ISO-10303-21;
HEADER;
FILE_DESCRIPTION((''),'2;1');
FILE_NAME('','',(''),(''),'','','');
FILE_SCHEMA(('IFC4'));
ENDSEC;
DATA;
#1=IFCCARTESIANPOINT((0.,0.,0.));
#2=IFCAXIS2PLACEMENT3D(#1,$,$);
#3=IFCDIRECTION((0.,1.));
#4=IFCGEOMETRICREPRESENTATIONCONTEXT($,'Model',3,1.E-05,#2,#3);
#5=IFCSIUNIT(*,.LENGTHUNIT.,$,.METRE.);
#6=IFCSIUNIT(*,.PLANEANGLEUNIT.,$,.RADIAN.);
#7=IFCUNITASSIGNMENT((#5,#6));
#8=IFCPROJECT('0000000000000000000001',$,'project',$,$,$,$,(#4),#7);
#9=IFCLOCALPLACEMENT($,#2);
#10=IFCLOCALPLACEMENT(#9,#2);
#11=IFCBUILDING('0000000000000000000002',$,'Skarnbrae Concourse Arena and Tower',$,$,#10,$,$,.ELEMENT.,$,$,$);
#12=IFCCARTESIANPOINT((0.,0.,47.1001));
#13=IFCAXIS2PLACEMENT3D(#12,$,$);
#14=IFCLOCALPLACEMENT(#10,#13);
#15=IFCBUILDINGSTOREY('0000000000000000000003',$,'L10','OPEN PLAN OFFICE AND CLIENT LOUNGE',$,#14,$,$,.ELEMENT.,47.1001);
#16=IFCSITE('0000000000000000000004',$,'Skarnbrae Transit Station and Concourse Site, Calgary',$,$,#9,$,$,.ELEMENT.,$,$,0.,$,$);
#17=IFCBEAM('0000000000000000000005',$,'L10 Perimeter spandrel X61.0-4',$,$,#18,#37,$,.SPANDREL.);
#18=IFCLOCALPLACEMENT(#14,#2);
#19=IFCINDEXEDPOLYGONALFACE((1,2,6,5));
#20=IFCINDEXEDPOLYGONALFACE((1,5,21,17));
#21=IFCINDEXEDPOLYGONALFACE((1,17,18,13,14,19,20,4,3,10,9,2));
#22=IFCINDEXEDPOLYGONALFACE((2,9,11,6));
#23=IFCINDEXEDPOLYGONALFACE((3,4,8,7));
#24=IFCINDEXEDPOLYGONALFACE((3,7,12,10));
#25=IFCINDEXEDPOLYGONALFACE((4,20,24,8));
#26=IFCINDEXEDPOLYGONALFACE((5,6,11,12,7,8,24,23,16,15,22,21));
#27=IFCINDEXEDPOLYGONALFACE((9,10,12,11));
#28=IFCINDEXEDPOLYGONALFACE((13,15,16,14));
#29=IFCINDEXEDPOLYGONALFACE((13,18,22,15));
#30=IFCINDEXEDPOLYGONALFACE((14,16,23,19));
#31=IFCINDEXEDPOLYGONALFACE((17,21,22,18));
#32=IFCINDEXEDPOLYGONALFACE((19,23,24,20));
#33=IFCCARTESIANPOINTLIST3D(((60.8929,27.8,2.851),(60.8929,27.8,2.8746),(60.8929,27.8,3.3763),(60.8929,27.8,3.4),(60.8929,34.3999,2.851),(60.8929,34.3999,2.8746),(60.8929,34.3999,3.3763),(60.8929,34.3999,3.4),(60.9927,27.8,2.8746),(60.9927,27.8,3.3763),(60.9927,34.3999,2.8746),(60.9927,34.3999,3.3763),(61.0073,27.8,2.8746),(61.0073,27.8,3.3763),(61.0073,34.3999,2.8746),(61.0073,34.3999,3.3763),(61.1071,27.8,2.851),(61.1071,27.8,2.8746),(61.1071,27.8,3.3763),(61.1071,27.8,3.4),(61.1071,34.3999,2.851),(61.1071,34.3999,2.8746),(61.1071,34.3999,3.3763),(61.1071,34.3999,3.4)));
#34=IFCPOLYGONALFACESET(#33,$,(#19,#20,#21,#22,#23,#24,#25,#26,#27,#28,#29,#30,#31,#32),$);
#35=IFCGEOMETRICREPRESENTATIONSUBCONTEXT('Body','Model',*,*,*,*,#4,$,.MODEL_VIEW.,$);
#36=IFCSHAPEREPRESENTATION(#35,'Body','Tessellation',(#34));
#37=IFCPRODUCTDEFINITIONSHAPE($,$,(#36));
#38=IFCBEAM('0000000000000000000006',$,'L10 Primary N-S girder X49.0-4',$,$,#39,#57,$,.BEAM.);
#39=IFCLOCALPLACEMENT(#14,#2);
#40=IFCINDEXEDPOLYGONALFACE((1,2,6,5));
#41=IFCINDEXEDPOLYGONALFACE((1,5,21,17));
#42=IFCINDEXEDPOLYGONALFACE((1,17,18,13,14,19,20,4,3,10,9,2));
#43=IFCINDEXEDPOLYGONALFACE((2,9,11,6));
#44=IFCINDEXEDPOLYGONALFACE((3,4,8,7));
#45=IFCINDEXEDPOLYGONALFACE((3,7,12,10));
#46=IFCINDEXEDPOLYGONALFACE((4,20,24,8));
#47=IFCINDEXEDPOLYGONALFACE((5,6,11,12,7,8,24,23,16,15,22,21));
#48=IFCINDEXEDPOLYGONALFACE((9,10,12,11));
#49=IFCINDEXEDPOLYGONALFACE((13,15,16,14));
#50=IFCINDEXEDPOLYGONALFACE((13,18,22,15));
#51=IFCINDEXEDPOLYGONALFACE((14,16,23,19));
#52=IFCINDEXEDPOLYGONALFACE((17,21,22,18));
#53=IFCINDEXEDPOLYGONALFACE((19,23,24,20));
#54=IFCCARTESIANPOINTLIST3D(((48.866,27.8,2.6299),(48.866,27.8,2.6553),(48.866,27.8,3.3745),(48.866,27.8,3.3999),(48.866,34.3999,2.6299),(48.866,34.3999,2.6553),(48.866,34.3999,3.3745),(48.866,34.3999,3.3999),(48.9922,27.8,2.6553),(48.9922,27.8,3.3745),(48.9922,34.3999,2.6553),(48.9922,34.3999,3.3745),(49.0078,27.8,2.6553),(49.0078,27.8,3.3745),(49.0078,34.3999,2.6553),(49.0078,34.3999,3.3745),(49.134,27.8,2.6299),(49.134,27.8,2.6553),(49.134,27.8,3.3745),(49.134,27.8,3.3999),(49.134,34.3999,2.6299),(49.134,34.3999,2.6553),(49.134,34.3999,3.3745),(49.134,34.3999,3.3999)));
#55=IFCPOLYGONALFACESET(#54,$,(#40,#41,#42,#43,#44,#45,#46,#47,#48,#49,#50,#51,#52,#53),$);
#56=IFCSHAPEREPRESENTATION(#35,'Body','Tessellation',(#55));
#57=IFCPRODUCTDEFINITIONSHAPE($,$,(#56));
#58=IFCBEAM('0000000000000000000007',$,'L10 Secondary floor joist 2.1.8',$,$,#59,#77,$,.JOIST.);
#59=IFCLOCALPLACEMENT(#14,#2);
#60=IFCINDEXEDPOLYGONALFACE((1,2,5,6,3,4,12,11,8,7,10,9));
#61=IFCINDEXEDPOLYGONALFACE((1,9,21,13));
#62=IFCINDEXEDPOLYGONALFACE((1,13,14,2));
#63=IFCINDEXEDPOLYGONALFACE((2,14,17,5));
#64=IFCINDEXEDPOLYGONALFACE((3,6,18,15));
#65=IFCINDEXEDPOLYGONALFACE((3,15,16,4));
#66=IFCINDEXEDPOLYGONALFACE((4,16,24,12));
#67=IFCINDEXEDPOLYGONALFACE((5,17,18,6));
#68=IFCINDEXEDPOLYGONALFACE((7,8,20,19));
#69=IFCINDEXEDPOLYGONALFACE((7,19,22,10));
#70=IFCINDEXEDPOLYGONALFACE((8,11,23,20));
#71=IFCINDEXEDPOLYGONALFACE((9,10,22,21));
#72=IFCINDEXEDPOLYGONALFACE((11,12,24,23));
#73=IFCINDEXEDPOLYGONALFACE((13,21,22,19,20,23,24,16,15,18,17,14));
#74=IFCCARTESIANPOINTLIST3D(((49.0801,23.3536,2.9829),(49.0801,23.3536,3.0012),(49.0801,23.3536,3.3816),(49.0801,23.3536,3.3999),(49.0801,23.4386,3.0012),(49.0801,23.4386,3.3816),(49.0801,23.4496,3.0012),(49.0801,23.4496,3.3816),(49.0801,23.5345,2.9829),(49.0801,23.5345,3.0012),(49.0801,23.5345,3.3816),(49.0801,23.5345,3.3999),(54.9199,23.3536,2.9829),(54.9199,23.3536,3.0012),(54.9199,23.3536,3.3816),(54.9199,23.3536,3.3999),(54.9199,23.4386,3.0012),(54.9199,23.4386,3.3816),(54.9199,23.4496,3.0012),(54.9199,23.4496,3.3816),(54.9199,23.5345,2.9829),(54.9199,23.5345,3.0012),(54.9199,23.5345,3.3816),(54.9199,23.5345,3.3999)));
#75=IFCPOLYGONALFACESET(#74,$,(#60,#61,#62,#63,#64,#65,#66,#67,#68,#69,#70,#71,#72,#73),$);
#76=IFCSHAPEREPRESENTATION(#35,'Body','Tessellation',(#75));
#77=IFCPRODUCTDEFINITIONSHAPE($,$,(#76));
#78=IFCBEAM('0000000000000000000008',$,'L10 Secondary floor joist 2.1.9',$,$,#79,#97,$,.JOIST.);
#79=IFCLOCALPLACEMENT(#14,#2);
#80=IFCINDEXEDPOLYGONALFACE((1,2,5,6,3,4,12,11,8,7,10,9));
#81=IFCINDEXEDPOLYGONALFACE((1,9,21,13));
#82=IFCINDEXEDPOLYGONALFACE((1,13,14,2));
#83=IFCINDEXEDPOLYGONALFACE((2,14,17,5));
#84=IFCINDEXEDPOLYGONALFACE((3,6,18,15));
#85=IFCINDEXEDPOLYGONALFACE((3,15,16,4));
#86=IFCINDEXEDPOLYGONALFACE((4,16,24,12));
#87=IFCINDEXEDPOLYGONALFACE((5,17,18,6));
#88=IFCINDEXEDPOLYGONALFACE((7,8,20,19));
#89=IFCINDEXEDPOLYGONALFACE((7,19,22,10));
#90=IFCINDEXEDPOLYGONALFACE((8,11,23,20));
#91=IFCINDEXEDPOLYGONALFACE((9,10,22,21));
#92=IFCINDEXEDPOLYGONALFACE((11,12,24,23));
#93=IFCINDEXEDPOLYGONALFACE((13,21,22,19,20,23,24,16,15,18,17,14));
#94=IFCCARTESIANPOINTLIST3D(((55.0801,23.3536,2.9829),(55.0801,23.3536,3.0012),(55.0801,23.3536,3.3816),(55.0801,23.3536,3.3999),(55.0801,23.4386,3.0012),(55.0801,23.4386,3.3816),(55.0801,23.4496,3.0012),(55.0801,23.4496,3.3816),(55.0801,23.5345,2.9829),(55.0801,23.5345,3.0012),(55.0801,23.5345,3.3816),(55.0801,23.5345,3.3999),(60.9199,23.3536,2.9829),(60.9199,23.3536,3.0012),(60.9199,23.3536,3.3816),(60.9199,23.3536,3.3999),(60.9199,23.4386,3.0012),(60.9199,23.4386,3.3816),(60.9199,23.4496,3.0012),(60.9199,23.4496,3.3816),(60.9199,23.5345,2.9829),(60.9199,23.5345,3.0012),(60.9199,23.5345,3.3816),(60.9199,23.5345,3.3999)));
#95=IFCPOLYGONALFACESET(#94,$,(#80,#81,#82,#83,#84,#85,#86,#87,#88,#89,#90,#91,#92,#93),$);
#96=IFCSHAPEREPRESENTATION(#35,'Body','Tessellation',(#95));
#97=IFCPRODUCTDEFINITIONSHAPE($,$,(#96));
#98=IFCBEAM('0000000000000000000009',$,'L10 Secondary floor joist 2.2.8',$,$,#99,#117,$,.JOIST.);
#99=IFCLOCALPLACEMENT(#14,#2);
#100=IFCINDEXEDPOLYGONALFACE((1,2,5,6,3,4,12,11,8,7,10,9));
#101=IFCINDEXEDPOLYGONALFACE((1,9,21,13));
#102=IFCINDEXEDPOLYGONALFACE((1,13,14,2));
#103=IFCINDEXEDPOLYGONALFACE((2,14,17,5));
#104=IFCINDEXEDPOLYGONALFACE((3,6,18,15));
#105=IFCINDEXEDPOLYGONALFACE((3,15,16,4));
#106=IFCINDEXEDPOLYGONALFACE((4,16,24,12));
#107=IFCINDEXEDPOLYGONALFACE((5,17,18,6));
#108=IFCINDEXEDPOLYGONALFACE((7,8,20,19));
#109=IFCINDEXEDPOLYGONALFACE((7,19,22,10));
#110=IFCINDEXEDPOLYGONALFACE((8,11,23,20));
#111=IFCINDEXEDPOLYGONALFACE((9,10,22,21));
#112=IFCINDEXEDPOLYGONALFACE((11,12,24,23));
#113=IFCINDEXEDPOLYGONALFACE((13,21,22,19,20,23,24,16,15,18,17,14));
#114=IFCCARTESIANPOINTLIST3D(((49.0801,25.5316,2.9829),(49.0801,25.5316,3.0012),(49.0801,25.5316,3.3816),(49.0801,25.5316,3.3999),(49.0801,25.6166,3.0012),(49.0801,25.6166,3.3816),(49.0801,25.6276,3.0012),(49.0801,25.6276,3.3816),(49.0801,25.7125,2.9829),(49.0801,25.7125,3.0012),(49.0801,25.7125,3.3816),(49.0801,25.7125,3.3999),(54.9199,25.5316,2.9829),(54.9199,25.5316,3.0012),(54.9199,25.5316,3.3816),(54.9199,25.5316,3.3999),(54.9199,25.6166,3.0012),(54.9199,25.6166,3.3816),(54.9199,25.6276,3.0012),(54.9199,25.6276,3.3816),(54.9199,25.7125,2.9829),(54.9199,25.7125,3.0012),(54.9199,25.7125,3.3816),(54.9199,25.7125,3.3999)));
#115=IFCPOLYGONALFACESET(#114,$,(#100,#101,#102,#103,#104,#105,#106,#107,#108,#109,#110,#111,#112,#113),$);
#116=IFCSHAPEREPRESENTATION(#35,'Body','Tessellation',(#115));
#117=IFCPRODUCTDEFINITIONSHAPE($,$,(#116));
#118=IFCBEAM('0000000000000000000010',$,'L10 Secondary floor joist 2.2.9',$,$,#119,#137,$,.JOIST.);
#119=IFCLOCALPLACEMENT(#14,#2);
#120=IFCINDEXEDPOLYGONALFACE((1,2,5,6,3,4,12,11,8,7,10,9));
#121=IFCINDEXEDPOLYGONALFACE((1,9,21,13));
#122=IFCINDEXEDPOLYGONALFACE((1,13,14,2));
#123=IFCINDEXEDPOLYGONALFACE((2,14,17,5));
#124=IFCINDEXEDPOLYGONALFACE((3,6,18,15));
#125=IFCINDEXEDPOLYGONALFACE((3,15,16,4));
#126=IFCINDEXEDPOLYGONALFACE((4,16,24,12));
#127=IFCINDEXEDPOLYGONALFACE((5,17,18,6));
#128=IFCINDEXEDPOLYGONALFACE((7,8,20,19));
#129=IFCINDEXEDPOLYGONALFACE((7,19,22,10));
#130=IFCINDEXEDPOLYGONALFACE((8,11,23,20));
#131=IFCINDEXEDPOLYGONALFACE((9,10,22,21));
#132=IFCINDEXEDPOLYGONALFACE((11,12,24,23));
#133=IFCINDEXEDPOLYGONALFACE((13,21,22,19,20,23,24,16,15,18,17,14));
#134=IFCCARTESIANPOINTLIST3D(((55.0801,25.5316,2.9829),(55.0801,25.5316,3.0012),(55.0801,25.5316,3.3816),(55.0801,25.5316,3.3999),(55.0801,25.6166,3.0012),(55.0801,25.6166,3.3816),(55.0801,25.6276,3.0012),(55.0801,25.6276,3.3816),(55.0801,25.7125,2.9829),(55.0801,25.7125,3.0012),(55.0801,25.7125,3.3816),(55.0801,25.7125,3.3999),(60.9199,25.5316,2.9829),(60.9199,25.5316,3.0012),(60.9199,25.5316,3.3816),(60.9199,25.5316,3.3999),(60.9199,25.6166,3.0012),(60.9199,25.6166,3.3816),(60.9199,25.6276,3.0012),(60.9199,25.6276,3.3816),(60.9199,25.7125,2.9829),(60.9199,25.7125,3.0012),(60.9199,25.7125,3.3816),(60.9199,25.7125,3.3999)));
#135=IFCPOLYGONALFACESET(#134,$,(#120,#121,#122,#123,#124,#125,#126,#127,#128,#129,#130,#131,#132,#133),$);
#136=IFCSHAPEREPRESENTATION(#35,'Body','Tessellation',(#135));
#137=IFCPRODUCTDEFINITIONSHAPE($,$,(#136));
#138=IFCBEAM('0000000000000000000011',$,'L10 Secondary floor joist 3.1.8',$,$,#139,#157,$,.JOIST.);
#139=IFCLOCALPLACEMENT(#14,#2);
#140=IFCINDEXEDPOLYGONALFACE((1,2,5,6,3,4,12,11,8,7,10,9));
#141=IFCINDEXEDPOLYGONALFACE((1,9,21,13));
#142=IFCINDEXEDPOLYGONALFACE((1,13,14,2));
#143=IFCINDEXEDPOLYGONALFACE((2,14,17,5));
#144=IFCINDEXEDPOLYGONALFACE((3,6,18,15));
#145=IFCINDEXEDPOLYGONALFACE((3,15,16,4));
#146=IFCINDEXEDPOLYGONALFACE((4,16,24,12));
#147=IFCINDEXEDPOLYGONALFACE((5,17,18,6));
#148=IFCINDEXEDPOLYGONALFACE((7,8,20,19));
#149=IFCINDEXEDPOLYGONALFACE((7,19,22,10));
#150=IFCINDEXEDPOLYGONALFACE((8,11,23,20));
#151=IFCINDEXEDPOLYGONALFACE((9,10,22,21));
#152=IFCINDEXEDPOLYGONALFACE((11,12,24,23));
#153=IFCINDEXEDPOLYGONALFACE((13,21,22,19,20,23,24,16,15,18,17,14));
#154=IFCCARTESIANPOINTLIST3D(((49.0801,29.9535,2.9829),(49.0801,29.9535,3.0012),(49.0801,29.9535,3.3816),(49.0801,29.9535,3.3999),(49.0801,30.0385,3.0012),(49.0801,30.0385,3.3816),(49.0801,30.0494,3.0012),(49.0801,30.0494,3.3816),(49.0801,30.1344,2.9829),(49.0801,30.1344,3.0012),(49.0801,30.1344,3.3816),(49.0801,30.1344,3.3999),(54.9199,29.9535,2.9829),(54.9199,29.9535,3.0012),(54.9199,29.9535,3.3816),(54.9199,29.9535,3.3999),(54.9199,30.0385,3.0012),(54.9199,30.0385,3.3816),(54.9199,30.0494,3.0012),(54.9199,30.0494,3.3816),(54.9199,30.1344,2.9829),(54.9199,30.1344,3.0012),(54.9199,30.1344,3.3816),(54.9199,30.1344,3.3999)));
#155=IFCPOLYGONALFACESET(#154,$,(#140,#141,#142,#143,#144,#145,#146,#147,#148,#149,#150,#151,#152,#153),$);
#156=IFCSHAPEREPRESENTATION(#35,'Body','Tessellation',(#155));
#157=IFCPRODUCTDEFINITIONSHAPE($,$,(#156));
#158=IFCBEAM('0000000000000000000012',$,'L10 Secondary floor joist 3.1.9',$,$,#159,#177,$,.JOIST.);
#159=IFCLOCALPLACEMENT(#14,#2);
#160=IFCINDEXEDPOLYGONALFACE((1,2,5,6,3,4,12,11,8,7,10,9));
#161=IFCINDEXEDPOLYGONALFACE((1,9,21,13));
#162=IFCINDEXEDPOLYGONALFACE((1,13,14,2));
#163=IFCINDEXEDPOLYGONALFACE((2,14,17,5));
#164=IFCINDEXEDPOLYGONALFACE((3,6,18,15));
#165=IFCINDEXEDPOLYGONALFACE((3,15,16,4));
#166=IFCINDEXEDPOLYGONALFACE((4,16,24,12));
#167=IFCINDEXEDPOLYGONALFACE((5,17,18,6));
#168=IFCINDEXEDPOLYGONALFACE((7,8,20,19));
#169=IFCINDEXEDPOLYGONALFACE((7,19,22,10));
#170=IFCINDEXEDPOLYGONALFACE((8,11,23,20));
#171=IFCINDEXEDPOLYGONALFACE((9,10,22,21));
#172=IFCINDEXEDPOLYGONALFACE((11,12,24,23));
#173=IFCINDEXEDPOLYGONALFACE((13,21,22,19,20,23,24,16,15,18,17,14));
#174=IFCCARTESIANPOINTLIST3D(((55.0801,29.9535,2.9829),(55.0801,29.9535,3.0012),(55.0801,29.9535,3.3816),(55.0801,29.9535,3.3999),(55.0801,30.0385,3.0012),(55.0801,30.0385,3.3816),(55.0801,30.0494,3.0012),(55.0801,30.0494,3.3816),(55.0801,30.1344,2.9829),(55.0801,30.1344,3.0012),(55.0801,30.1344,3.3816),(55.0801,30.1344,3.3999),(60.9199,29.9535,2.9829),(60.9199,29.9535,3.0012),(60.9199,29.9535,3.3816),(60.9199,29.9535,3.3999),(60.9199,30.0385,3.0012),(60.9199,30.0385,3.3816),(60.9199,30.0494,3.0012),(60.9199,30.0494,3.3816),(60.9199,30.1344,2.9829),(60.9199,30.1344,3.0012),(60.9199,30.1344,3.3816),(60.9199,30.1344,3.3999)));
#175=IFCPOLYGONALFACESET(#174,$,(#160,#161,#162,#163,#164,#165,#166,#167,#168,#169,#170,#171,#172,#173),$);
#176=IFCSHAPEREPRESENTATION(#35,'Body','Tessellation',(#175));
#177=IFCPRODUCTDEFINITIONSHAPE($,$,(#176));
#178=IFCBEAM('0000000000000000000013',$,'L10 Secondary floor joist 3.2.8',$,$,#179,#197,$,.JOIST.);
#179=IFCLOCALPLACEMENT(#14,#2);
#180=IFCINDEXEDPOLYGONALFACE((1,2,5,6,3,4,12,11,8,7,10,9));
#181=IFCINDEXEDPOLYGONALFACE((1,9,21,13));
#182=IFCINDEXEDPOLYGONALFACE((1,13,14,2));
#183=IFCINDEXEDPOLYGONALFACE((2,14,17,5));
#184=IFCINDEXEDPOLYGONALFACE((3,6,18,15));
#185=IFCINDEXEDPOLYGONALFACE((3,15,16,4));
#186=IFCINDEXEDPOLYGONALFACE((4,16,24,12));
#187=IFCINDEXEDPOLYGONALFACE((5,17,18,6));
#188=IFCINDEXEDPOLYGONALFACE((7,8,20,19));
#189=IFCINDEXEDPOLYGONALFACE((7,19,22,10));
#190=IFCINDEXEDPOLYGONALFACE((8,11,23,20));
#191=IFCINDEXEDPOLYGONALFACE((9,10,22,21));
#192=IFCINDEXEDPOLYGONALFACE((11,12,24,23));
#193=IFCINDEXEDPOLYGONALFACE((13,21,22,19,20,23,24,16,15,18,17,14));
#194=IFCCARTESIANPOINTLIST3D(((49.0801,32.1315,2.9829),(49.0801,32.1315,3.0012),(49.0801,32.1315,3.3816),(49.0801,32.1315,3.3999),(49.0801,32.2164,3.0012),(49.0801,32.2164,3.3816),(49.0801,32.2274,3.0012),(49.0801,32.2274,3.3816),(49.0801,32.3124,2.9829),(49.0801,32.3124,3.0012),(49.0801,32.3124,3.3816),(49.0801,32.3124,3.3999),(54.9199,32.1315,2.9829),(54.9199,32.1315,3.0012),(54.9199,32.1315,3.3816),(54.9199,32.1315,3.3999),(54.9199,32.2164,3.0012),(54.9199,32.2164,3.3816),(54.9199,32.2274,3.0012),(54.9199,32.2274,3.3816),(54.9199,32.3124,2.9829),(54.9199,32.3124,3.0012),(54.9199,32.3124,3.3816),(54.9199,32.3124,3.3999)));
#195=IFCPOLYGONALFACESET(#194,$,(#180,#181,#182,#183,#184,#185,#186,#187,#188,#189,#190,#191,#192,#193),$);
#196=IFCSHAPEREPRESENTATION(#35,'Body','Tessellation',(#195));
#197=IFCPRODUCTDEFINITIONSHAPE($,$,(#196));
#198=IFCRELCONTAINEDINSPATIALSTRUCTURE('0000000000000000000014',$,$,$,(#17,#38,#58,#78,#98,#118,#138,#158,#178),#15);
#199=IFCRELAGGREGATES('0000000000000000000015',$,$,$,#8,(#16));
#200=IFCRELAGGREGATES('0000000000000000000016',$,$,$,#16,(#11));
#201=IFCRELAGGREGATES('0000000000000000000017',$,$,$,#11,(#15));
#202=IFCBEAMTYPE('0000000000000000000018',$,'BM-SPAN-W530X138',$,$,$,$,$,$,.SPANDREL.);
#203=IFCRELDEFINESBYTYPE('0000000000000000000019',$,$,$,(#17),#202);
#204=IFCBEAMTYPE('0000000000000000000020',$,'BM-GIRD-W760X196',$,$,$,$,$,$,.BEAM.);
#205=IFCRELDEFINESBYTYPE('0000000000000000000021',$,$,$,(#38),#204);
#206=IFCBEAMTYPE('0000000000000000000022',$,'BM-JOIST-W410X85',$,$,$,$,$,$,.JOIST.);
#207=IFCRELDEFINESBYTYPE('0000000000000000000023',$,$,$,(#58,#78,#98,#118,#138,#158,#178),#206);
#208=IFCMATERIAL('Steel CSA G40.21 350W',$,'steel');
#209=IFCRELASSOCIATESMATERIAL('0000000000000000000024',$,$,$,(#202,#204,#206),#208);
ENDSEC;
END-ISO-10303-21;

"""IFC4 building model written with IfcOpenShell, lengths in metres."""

from ifc_helpers import new_model, si_unit, direction, frame, origin, origin_2d, place, context, subcontext, project, spatial, i_section, extrude, source, transform, mapped, material, material_profile, profile_set, type_object, element, save


model = new_model("IFC4")

# Units and contexts
model_context = context("Model", 3, precision=1e-05, world=origin(), true_north=direction((0.0, 1.0)))
body_context = subcontext(model_context, "Body", "Model", "MODEL_VIEW")
ifc_project = project(units=[si_unit("LENGTHUNIT", "METRE"), si_unit("PLANEANGLEUNIT", "RADIAN")], contexts=[model_context])

# Site, building, storey
site_placement = place(None, origin())
site = spatial("IfcSite", under=ifc_project, at=site_placement, Name="Skarnbrae Transit Station and Concourse Site, Calgary", CompositionType="ELEMENT", RefElevation=0.0)
building_placement = place(site_placement, origin())
building = spatial("IfcBuilding", under=site, at=building_placement, Name="Skarnbrae Concourse Arena and Tower", CompositionType="ELEMENT")
storey_placement = place(building_placement, frame((0.0, 0.0, 47.1001)))
storey = spatial("IfcBuildingStorey", under=building, at=storey_placement, Name="L10", Description="OPEN PLAN OFFICE AND CLIENT LOUNGE", CompositionType="ELEMENT", Elevation=47.1001)

# Shared definitions
ifc_material_1 = material(Name="Steel CSA G40.21 350W", Category="steel")

# Beams
ifc_material_profile_1 = material_profile(ifc_material_1, i_section(OverallWidth=0.2141, OverallDepth=0.5491, WebThickness=0.0146, FlangeThickness=0.0237, at=origin_2d()), Name="W530X138")
ifc_profile_set_1 = profile_set([ifc_material_profile_1], Name="Steel CSA G40.21 350W")
beam_type_1 = type_object("IfcBeamType", Name="BM-SPAN-W530X138", PredefinedType="SPANDREL", material=ifc_profile_set_1)
ifc_material_profile_2 = material_profile(ifc_material_1, i_section(OverallWidth=0.2681, OverallDepth=0.77, WebThickness=0.0156, FlangeThickness=0.0254, at=origin_2d()), Name="W760X196")
ifc_profile_set_2 = profile_set([ifc_material_profile_2], Name="Steel CSA G40.21 350W")
beam_type_2 = type_object("IfcBeamType", Name="BM-GIRD-W760X196", PredefinedType="BEAM", material=ifc_profile_set_2)
shared_shape_1 = source(origin(), body_context, "Body", "SweptSolid", [
    extrude(i_section(OverallWidth=0.2141, OverallDepth=0.5491, WebThickness=0.0146, FlangeThickness=0.0237, at=origin_2d()), origin(), (0.0, 0.0, 1.0), 6.5999),
])
for number, where, z_axis, x_axis, name in (
    (1, (61.0, 27.8, 3.1255), (0.0, 1.0, 0.0), (-1.0, 0.0, 0.0), "L10 Perimeter spandrel X61.0-4"),
):
    element("IfcBeam", number, at=place(storey_placement, frame(where, z_axis=z_axis, x_axis=x_axis)), inside=storey, type_object=beam_type_1, Name=name, PredefinedType="SPANDREL", context=body_context, shape_type="MappedRepresentation", body=[
        mapped(shared_shape_1, transform((0.0, 0.0, 0.0))),
    ])
shared_shape_2 = source(origin(), body_context, "Body", "SweptSolid", [
    extrude(i_section(OverallWidth=0.2681, OverallDepth=0.77, WebThickness=0.0156, FlangeThickness=0.0254, at=origin_2d()), origin(), (0.0, 0.0, 1.0), 6.5999),
])
beam_1_placement = place(storey_placement, frame((49.0, 27.8, 3.0149), z_axis=(0.0, 1.0, 0.0), x_axis=(-1.0, 0.0, 0.0)))
element("IfcBeam", 2, at=beam_1_placement, inside=storey, type_object=beam_type_2, Name="L10 Primary N-S girder X49.0-4", PredefinedType="BEAM", context=body_context, shape_type="MappedRepresentation", body=[
    mapped(shared_shape_2, transform((0.0, 0.0, 0.0))),
])
ifc_material_profile_3 = material_profile(ifc_material_1, i_section(OverallWidth=0.1809, OverallDepth=0.417, WebThickness=0.011, FlangeThickness=0.0183, at=origin_2d()), Name="W410X85")
ifc_profile_set_3 = profile_set([ifc_material_profile_3], Name="Steel CSA G40.21 350W")
beam_type_3 = type_object("IfcBeamType", Name="BM-JOIST-W410X85", PredefinedType="JOIST", material=ifc_profile_set_3)
shared_shape_3 = source(origin(), body_context, "Body", "SweptSolid", [
    extrude(i_section(OverallWidth=0.1809, OverallDepth=0.417, WebThickness=0.011, FlangeThickness=0.0183, at=origin_2d()), origin(), (0.0, 0.0, 1.0), 5.8398),
])
for number, where, z_axis, x_axis, name in (
    (3, (49.0801, 23.4441, 3.1914), (1.0, 0.0, 0.0), (0.0, 1.0, 0.0), "L10 Secondary floor joist 2.1.8"),
    (4, (55.0801, 23.4441, 3.1914), (1.0, 0.0, 0.0), (0.0, 1.0, 0.0), "L10 Secondary floor joist 2.1.9"),
    (5, (49.0801, 25.6221, 3.1914), (1.0, 0.0, 0.0), (0.0, 1.0, 0.0), "L10 Secondary floor joist 2.2.8"),
    (6, (55.0801, 25.6221, 3.1914), (1.0, 0.0, 0.0), (0.0, 1.0, 0.0), "L10 Secondary floor joist 2.2.9"),
    (7, (49.0801, 30.0439, 3.1914), (1.0, 0.0, 0.0), (0.0, 1.0, 0.0), "L10 Secondary floor joist 3.1.8"),
    (8, (55.0801, 30.0439, 3.1914), (1.0, 0.0, 0.0), (0.0, 1.0, 0.0), "L10 Secondary floor joist 3.1.9"),
    (9, (49.0801, 32.2219, 3.1914), (1.0, 0.0, 0.0), (0.0, 1.0, 0.0), "L10 Secondary floor joist 3.2.8"),
):
    element("IfcBeam", number, at=place(storey_placement, frame(where, z_axis=z_axis, x_axis=x_axis)), inside=storey, type_object=beam_type_3, Name=name, PredefinedType="JOIST", context=body_context, shape_type="MappedRepresentation", body=[
        mapped(shared_shape_3, transform((0.0, 0.0, 0.0))),
    ])

save(model, "model.ifc")
